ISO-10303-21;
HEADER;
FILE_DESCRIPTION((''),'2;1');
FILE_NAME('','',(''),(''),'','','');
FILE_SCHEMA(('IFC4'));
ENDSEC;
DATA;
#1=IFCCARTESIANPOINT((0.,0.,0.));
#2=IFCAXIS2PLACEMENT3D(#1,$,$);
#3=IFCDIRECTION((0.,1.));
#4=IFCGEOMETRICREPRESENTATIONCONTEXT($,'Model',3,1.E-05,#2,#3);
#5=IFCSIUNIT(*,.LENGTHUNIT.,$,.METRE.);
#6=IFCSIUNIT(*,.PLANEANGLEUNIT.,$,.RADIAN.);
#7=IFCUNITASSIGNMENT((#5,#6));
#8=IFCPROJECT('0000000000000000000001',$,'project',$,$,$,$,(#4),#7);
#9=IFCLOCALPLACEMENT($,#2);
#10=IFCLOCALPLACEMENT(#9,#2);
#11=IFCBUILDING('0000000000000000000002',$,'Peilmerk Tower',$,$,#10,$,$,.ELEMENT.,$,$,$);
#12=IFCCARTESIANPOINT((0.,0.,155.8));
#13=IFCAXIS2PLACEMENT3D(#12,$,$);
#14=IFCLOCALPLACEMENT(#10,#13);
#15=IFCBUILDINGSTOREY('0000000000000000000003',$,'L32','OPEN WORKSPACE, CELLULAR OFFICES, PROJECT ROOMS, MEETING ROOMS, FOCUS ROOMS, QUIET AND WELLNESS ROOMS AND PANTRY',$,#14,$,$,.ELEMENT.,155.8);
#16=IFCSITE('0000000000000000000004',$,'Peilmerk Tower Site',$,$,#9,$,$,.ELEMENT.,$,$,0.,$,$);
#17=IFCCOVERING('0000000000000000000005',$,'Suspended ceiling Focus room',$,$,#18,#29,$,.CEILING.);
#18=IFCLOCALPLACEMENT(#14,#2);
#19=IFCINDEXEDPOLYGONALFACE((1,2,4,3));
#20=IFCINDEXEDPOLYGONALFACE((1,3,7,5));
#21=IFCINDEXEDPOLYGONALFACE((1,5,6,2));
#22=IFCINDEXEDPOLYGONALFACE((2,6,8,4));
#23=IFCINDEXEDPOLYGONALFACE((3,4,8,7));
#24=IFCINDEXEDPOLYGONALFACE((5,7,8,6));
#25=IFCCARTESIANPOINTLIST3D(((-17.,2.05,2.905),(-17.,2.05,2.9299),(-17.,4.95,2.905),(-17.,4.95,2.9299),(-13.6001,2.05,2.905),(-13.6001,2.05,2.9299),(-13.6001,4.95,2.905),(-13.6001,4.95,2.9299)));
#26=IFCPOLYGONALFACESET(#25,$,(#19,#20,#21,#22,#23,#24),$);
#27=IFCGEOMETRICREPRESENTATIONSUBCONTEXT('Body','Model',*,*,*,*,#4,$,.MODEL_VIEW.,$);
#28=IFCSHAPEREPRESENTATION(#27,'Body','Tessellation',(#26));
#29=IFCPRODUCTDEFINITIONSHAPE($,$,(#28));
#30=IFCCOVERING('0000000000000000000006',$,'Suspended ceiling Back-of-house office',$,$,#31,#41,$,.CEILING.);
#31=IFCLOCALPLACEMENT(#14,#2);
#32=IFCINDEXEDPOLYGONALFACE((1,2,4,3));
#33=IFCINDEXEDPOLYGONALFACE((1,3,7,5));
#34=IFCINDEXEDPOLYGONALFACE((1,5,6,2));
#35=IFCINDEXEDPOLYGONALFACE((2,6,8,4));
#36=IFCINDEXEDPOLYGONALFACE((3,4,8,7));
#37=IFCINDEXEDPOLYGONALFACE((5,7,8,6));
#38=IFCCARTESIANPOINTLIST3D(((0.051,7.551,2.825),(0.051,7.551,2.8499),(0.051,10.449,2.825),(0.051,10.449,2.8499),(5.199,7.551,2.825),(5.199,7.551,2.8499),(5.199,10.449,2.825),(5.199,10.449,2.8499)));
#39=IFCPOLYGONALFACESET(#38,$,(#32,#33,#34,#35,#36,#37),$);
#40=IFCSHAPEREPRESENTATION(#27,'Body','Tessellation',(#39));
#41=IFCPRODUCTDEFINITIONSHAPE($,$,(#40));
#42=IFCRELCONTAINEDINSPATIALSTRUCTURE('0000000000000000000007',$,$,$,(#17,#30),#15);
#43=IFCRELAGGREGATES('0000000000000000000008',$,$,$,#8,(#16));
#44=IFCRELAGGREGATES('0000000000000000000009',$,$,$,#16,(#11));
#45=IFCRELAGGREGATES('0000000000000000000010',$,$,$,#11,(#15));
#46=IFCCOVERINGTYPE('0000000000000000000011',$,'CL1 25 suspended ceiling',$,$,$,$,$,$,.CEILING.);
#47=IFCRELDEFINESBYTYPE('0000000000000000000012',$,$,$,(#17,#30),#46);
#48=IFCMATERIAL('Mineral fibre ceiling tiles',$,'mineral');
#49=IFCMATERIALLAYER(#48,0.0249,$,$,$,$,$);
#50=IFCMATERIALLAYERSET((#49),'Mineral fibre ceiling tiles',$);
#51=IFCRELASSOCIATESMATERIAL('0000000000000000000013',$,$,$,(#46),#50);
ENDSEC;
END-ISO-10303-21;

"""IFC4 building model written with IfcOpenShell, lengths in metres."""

from ifc_helpers import new_model, si_unit, direction, frame, origin, place, context, subcontext, project, spatial, polyline, outline, extrude, material, layer, layer_set, type_object, element, save


model = new_model("IFC4")

# Units and contexts
model_context = context("Model", 3, precision=1e-05, world=origin(), true_north=direction((0.0, 1.0)))
body_context = subcontext(model_context, "Body", "Model", "MODEL_VIEW")
ifc_project = project(units=[si_unit("LENGTHUNIT", "METRE"), si_unit("PLANEANGLEUNIT", "RADIAN")], contexts=[model_context])

# Site, building, storey
site_placement = place(None, origin())
site = spatial("IfcSite", under=ifc_project, at=site_placement, Name="Peilmerk Tower Site", CompositionType="ELEMENT", RefElevation=0.0)
building_placement = place(site_placement, origin())
building = spatial("IfcBuilding", under=site, at=building_placement, Name="Peilmerk Tower", CompositionType="ELEMENT")
storey_placement = place(building_placement, frame((0.0, 0.0, 155.8)))
storey = spatial("IfcBuildingStorey", under=building, at=storey_placement, Name="L32", Description="OPEN WORKSPACE, CELLULAR OFFICES, PROJECT ROOMS, MEETING ROOMS, FOCUS ROOMS, QUIET AND WELLNESS ROOMS AND PANTRY", CompositionType="ELEMENT", Elevation=155.8)

# Coverings
ifc_material_1 = material(Name="Mineral fibre ceiling tiles", Category="mineral")
ifc_layer_1 = layer(ifc_material_1, 0.0249)
ifc_layer_set_1 = layer_set([ifc_layer_1], Name="Mineral fibre ceiling tiles")
covering_type = type_object("IfcCoveringType", Name="CL1 25 suspended ceiling", PredefinedType="CEILING", material=ifc_layer_set_1)
covering_1_placement = place(storey_placement, frame((0.0, 0.0, 2.905)))
element("IfcCovering", 1, at=covering_1_placement, inside=storey, type_object=covering_type, Name="Suspended ceiling Focus room", PredefinedType="CEILING", context=body_context, shape_type="SweptSolid", body=[
    extrude(outline(polyline([(-13.6001, 2.05), (-13.6001, 4.95), (-17.0, 4.95), (-17.0, 2.05), (-13.6001, 2.05)])), origin(), (0.0, 0.0, 1.0), 0.0249),
])
covering_2_placement = place(storey_placement, frame((0.0, 0.0, 2.825)))
element("IfcCovering", 2, at=covering_2_placement, inside=storey, type_object=covering_type, Name="Suspended ceiling Back-of-house office", PredefinedType="CEILING", context=body_context, shape_type="SweptSolid", body=[
    extrude(outline(polyline([(0.051, 7.551), (5.199, 7.551), (5.199, 10.449), (0.051, 10.449), (0.051, 7.551)])), origin(), (0.0, 0.0, 1.0), 0.0249),
])

save(model, "model.ifc")
